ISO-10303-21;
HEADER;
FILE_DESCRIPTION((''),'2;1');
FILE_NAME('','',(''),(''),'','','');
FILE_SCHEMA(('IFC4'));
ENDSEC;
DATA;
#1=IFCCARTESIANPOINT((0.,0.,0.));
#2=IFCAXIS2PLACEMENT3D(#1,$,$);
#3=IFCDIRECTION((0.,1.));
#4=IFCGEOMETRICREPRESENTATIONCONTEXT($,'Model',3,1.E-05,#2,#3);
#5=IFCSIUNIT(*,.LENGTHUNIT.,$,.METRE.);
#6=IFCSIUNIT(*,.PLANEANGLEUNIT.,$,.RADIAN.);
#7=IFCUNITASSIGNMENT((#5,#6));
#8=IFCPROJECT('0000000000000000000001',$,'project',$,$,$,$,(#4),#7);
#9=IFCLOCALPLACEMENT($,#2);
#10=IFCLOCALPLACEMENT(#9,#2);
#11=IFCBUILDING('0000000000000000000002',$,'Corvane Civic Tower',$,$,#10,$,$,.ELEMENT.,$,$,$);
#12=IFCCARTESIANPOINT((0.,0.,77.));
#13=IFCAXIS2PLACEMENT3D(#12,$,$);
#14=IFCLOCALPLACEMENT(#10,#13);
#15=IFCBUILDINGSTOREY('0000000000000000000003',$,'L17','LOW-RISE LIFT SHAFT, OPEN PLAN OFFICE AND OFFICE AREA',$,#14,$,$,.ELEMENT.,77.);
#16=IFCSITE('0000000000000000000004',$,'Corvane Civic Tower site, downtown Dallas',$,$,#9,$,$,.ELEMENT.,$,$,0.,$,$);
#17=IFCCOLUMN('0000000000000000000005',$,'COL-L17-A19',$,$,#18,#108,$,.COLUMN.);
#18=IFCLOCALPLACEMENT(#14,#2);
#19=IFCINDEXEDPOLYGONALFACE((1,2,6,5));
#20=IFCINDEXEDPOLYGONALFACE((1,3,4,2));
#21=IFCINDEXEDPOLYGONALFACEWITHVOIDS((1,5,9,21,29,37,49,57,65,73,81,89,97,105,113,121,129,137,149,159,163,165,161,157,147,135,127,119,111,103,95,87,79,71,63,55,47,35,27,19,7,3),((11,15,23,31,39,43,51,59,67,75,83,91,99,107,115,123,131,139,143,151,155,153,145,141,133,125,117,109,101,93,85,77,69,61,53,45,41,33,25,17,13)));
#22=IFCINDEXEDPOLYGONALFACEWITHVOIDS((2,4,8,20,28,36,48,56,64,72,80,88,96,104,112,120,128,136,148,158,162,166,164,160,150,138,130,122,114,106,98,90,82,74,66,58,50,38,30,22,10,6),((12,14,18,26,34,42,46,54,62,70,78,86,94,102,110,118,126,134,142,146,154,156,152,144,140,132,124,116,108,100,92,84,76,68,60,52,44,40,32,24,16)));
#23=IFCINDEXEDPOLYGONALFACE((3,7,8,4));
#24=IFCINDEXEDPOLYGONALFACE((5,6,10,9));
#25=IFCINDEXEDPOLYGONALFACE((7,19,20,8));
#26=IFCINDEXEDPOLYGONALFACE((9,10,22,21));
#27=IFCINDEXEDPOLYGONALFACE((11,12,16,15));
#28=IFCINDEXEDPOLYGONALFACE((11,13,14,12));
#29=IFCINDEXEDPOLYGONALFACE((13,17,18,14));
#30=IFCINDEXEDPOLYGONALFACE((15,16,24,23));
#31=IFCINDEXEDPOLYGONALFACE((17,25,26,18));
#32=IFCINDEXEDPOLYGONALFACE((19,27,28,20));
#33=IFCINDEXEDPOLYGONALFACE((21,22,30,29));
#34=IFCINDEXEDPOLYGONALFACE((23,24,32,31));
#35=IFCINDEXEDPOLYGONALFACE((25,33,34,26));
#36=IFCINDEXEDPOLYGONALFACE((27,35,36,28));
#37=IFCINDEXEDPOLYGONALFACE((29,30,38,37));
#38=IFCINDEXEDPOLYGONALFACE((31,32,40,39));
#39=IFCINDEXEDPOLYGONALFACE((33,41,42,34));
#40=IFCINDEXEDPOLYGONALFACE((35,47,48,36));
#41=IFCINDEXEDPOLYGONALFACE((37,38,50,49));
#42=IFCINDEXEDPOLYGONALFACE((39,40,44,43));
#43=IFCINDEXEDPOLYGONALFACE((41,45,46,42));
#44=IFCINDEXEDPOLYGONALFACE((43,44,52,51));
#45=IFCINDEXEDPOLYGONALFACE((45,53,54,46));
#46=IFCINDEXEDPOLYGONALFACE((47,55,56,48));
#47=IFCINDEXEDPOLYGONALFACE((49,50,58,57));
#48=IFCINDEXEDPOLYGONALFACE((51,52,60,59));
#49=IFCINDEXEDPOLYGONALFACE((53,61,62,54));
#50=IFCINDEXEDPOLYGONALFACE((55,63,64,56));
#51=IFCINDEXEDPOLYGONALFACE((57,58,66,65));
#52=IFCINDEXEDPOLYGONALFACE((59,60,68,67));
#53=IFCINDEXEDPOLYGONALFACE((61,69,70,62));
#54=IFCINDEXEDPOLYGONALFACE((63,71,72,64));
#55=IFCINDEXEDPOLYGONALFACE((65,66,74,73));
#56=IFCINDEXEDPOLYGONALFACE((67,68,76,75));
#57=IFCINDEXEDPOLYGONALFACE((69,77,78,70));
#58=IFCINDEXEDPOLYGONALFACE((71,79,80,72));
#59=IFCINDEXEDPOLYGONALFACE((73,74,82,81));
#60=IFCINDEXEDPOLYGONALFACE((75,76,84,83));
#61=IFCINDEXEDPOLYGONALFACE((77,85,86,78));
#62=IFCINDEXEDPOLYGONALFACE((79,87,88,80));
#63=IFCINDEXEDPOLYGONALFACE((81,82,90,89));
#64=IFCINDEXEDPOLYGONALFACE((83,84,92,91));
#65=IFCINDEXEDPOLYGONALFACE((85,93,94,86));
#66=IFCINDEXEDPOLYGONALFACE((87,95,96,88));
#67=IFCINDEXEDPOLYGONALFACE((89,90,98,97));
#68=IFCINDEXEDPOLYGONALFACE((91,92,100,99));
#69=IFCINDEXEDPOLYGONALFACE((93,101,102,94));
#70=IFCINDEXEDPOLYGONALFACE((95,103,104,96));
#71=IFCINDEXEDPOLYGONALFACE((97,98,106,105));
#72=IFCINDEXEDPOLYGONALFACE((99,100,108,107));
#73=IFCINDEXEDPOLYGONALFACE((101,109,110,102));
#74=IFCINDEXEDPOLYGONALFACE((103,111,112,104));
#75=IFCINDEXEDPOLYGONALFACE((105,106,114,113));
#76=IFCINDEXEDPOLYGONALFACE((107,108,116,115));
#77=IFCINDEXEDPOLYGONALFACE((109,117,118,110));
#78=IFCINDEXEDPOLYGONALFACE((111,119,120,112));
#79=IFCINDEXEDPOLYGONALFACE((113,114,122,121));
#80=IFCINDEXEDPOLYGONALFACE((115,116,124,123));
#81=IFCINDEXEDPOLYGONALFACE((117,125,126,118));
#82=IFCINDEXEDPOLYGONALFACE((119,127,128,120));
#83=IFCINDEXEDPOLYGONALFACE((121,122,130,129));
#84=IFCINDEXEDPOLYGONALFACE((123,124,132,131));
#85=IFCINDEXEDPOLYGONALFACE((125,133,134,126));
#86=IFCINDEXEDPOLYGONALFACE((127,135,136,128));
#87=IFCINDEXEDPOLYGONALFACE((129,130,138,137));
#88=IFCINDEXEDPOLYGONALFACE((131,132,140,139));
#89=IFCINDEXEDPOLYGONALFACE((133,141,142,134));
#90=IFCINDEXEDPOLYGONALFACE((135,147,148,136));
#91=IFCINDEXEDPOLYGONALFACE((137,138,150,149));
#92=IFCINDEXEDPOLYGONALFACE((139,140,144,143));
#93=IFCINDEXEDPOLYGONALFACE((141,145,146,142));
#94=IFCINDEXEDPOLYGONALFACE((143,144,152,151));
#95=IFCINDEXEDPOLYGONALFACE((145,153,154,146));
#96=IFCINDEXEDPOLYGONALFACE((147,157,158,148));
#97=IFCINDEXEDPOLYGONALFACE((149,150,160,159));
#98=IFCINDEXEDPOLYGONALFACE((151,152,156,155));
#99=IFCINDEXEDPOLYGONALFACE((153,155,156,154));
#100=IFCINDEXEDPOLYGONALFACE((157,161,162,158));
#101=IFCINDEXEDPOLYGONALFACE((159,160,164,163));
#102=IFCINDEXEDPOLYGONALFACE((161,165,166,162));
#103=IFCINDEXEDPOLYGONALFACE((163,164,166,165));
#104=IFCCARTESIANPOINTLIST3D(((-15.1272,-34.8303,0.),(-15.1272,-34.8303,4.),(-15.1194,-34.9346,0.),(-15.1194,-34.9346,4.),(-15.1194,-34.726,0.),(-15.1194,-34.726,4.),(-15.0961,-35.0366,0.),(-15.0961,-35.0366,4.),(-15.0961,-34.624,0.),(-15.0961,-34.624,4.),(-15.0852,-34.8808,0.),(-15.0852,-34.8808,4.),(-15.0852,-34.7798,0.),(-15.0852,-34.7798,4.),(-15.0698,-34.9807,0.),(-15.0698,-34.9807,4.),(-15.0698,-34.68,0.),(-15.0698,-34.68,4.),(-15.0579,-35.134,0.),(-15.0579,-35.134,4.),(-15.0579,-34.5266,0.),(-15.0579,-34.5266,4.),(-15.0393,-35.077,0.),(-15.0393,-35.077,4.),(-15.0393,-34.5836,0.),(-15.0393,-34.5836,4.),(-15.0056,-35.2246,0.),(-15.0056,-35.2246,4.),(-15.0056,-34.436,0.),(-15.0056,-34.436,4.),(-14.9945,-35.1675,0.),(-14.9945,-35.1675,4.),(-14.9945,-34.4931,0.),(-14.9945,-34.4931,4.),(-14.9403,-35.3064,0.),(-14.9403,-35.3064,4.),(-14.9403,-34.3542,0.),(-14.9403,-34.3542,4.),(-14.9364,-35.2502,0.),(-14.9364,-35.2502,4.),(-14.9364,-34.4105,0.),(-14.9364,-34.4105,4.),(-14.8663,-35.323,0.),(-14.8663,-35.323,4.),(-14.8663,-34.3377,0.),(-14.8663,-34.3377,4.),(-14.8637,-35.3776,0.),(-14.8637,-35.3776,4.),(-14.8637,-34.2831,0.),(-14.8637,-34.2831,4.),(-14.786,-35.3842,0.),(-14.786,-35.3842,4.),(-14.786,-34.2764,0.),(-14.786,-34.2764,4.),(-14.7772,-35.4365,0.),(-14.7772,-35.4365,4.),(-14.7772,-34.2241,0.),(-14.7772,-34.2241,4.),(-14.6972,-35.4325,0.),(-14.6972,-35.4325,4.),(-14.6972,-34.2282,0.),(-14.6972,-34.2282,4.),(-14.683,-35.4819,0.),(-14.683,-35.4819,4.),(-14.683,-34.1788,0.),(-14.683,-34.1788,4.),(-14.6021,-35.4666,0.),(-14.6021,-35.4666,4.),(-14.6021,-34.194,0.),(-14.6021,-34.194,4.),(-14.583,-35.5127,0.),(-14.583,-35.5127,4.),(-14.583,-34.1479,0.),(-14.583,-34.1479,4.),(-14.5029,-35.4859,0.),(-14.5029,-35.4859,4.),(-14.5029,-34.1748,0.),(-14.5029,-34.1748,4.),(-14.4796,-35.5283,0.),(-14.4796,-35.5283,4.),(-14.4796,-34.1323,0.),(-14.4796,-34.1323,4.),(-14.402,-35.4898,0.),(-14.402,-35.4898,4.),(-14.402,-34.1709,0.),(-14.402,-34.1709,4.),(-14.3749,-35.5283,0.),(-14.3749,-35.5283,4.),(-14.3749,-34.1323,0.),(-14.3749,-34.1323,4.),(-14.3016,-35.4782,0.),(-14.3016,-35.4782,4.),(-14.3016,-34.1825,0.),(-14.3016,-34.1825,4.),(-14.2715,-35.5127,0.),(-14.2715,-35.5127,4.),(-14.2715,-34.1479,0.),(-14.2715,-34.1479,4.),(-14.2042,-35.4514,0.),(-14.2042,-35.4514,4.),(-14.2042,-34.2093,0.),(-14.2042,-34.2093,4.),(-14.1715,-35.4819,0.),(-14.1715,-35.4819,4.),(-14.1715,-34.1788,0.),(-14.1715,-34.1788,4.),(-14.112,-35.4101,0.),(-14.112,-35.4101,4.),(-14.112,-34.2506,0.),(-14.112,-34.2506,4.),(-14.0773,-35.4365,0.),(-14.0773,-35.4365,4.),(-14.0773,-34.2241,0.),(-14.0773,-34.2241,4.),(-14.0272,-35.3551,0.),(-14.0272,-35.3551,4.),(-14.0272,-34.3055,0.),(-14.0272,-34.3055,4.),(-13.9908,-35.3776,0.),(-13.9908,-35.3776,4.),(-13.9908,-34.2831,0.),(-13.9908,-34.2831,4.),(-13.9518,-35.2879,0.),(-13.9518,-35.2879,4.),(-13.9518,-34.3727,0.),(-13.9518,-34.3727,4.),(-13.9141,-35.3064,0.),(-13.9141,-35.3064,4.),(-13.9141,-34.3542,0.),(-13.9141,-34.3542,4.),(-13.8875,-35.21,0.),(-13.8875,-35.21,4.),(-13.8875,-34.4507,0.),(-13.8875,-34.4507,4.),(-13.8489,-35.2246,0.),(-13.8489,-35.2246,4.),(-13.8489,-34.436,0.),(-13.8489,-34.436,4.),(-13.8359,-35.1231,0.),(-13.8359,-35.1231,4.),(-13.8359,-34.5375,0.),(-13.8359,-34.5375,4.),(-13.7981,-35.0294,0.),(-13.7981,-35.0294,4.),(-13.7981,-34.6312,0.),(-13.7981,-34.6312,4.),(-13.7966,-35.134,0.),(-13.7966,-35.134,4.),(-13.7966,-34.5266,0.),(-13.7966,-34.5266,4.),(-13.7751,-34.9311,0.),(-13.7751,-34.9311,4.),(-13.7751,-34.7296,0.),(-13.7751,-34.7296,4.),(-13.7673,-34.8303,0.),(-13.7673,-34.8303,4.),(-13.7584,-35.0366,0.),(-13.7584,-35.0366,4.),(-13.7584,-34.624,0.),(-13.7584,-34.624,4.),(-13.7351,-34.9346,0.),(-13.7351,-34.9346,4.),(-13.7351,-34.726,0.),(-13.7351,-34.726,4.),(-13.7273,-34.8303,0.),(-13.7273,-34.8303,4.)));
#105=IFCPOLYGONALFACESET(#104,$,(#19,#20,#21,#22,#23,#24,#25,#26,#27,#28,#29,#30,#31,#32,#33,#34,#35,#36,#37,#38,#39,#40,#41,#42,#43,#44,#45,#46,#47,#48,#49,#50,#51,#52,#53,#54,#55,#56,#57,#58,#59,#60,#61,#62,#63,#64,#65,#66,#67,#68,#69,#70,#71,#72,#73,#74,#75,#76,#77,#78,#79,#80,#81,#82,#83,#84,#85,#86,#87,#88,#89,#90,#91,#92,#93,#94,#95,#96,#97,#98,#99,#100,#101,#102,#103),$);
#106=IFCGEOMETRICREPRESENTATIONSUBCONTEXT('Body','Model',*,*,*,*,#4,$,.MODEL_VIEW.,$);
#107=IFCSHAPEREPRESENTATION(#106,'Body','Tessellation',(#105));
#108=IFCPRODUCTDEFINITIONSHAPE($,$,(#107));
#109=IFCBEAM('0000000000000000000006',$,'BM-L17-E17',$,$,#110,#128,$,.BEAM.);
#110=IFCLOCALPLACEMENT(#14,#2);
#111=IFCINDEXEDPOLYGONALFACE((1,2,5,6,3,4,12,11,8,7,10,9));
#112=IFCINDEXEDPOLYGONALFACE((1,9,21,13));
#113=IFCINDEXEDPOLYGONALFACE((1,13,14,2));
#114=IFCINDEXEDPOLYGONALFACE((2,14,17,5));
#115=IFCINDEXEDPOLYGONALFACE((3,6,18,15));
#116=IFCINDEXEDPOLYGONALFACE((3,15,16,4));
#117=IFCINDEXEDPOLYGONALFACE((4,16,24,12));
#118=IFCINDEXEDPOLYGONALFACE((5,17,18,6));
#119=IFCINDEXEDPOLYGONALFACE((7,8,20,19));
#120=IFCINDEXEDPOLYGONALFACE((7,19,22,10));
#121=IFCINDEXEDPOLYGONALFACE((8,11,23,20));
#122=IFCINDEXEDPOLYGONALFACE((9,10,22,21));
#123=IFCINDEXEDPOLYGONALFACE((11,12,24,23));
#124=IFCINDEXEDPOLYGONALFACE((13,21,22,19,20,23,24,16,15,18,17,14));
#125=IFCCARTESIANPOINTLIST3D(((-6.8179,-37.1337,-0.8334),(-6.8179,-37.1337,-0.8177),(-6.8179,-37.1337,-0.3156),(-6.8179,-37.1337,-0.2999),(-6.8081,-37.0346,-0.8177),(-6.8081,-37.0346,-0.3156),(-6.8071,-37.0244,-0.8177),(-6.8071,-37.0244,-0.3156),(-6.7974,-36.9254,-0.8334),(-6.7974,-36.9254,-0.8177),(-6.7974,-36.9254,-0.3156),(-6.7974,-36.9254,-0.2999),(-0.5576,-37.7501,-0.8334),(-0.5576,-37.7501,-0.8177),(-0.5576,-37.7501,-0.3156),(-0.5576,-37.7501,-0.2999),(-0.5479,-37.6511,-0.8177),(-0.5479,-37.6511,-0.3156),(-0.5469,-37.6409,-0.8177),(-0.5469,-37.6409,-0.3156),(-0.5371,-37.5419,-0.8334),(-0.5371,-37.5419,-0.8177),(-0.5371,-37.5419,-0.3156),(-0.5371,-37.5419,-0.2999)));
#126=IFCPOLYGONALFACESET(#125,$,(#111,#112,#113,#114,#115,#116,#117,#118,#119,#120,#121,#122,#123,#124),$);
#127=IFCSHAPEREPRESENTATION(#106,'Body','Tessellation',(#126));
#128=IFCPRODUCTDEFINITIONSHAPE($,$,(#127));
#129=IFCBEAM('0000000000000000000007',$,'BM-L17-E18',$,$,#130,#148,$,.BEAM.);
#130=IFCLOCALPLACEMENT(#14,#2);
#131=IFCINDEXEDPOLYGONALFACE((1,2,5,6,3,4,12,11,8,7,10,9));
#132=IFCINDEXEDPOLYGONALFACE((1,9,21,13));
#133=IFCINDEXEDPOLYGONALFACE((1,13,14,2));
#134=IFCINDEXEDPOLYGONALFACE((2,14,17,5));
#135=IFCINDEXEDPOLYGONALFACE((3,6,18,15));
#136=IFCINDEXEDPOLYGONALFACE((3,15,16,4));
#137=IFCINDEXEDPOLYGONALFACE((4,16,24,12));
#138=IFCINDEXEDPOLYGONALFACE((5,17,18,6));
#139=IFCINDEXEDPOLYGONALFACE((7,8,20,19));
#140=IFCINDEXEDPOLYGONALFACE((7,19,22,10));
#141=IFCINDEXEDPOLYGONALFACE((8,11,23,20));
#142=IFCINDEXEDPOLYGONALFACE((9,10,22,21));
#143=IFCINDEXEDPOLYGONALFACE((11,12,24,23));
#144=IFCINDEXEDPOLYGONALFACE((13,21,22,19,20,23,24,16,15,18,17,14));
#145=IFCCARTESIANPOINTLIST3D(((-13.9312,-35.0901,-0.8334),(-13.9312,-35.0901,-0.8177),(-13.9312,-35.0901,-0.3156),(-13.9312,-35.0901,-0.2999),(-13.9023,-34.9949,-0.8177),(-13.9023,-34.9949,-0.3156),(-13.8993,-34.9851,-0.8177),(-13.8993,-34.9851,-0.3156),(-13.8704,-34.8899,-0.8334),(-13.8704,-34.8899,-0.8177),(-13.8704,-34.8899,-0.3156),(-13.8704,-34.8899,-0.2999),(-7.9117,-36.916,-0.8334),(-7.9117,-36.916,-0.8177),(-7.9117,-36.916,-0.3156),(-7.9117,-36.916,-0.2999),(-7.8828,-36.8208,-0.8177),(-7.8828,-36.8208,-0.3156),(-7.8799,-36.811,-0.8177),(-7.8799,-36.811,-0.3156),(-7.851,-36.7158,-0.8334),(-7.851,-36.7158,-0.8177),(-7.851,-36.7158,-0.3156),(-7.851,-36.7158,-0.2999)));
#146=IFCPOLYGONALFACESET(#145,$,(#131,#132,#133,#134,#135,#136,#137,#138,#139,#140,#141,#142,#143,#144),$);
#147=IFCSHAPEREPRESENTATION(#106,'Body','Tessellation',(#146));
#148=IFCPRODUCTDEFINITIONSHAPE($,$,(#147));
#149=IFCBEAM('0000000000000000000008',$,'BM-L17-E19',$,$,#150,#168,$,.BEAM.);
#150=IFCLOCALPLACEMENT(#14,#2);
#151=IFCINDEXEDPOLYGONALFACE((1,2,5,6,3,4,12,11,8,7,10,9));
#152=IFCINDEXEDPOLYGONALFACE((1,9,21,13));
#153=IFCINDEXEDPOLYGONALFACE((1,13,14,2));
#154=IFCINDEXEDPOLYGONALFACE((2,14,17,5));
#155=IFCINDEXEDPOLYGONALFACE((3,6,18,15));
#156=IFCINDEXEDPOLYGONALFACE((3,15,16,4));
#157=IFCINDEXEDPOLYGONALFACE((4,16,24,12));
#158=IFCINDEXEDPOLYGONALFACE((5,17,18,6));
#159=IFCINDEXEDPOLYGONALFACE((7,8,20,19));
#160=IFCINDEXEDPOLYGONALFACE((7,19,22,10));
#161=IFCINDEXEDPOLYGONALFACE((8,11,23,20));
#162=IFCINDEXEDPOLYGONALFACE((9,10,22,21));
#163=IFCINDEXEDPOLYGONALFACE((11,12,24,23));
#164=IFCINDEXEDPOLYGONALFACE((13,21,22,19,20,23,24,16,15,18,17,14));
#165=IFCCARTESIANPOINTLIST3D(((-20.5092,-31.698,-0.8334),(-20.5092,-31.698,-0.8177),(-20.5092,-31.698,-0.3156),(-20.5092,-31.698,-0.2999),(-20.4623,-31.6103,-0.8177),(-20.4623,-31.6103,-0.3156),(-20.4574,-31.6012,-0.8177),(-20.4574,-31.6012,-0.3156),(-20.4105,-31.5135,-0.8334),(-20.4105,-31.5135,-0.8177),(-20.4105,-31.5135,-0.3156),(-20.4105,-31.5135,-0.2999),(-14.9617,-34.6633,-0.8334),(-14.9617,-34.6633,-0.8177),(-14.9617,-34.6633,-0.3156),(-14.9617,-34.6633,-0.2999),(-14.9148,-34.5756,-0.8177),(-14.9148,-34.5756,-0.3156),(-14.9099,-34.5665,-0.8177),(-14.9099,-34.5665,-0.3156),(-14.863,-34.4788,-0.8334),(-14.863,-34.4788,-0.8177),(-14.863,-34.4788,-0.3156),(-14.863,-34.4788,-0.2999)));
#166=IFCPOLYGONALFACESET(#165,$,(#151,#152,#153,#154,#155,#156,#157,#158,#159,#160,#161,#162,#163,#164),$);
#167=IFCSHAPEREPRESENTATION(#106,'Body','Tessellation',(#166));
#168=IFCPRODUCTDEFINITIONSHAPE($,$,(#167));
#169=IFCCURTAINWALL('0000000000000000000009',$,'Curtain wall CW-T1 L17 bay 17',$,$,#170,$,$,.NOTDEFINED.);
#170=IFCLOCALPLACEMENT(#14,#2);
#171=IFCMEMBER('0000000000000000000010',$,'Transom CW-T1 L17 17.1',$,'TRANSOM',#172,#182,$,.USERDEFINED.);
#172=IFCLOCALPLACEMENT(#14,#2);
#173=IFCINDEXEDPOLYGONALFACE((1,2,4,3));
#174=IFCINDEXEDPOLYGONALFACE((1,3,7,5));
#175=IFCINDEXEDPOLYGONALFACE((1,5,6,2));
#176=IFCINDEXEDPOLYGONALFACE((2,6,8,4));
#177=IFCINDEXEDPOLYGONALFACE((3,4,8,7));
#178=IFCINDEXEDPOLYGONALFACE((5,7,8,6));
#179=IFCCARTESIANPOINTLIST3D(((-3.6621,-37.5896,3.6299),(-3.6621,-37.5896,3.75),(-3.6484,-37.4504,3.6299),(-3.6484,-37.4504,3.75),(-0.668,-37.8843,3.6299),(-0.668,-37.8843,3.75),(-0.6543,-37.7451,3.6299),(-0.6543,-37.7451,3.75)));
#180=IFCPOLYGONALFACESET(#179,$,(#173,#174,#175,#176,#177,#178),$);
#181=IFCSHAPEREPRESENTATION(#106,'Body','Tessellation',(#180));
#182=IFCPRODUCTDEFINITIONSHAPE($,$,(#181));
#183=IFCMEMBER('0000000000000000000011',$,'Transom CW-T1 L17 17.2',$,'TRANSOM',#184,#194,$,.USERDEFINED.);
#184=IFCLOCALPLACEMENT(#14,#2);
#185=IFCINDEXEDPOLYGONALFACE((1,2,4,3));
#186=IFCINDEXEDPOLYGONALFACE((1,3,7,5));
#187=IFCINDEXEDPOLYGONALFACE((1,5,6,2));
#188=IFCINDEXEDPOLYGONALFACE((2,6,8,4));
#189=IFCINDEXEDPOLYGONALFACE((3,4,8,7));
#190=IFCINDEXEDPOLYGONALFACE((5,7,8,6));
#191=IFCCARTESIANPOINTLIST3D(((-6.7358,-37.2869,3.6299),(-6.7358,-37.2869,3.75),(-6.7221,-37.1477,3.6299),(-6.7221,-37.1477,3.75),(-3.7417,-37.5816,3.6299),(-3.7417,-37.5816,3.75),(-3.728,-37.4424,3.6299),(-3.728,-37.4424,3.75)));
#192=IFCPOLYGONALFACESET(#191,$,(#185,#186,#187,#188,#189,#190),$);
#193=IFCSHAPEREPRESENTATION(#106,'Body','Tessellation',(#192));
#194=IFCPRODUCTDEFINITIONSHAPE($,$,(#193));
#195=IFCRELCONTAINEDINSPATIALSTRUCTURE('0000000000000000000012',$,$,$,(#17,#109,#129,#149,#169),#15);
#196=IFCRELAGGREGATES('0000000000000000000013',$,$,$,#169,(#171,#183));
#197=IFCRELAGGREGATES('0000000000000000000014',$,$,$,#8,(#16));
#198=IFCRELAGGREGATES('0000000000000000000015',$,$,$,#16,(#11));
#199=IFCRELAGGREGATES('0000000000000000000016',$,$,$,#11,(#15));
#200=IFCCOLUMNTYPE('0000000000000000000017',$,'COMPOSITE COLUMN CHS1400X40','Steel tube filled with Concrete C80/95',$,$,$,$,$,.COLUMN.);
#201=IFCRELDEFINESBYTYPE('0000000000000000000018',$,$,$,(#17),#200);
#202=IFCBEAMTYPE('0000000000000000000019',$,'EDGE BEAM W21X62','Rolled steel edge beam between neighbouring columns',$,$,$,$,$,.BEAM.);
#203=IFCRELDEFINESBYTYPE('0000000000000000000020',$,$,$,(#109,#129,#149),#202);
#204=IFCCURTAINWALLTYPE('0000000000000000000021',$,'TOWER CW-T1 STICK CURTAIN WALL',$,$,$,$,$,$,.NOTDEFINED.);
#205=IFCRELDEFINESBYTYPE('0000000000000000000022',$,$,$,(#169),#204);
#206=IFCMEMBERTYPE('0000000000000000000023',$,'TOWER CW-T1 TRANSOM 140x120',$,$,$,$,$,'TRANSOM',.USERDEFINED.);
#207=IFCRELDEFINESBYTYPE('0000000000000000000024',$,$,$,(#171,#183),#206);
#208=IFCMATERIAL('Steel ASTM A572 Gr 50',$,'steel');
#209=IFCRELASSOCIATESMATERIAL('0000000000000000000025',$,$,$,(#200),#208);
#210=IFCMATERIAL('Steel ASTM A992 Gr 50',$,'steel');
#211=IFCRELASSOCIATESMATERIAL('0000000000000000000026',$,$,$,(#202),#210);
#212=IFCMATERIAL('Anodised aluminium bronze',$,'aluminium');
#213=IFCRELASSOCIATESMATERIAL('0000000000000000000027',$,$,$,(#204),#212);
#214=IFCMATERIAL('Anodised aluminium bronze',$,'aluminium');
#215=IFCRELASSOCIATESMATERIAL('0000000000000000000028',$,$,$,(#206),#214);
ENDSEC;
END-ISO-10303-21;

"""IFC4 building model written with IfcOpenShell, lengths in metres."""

from ifc_helpers import new_model, si_unit, direction, frame, origin, origin_2d, place, context, subcontext, project, spatial, rectangle, hollow_circle, i_section, extrude, material, material_profile, profile_set, type_object, element, aggregate, save


model = new_model("IFC4")

# Units and contexts
model_context = context("Model", 3, precision=1e-05, world=origin(), true_north=direction((0.0, 1.0)))
body_context = subcontext(model_context, "Body", "Model", "MODEL_VIEW")
ifc_project = project(units=[si_unit("LENGTHUNIT", "METRE"), si_unit("PLANEANGLEUNIT", "RADIAN")], contexts=[model_context])

# Site, building, storey
site_placement = place(None, origin())
site = spatial("IfcSite", under=ifc_project, at=site_placement, Name="Corvane Civic Tower site, downtown Dallas", CompositionType="ELEMENT", RefElevation=0.0)
building_placement = place(site_placement, origin())
building = spatial("IfcBuilding", under=site, at=building_placement, Name="Corvane Civic Tower", CompositionType="ELEMENT")
storey_placement = place(building_placement, frame((0.0, 0.0, 77.0)))
storey = spatial("IfcBuildingStorey", under=building, at=storey_placement, Name="L17", Description="LOW-RISE LIFT SHAFT, OPEN PLAN OFFICE AND OFFICE AREA", CompositionType="ELEMENT", Elevation=77.0)

# Column
ifc_material_1 = material(Name="Steel ASTM A572 Gr 50", Category="steel")
ifc_material_profile_1 = material_profile(ifc_material_1, hollow_circle(Radius=0.7, WallThickness=0.04, at=origin_2d()), Name="CHS1400X40")
ifc_profile_set_1 = profile_set([ifc_material_profile_1], Name="Steel ASTM A572 Gr 50")
column_type = type_object("IfcColumnType", Name="COMPOSITE COLUMN CHS1400X40", Description="Steel tube filled with Concrete C80/95", PredefinedType="COLUMN", material=ifc_profile_set_1)
for number, where, z_axis, x_axis, name in (
    (1, (-14.4272, -34.8303, 0.0), (0.0, 0.0, 1.0), (1.0, 0.0, 0.0), "COL-L17-A19"),
):
    element("IfcColumn", number, at=place(storey_placement, frame(where, z_axis=z_axis, x_axis=x_axis)), inside=storey, type_object=column_type, Name=name, PredefinedType="COLUMN", context=body_context, shape_type="SweptSolid", body=[
        extrude(hollow_circle(Radius=0.7, WallThickness=0.04, at=origin_2d()), origin(), (0.0, 0.0, 1.0), 4.0),
    ])

# Beams
ifc_material_2 = material(Name="Steel ASTM A992 Gr 50", Category="steel")
ifc_material_profile_2 = material_profile(ifc_material_2, i_section(OverallWidth=0.2092, OverallDepth=0.5334, WebThickness=0.0103, FlangeThickness=0.0156, at=origin_2d()), Name="W21X62")
ifc_profile_set_2 = profile_set([ifc_material_profile_2], Name="Steel ASTM A992 Gr 50")
beam_type = type_object("IfcBeamType", Name="EDGE BEAM W21X62", Description="Rolled steel edge beam between neighbouring columns", PredefinedType="BEAM", material=ifc_profile_set_2)
beam_placement = place(storey_placement, frame((-0.5474, -37.646, -0.5667), z_axis=(-0.995187, 0.097997, 0.0), x_axis=(-0.097997, -0.995187, 0.0)))
element("IfcBeam", 2, at=beam_placement, inside=storey, type_object=beam_type, Name="BM-L17-E17", PredefinedType="BEAM", context=body_context, shape_type="SweptSolid", body=[
    extrude(i_section(OverallWidth=0.2092, OverallDepth=0.5334, WebThickness=0.0103, FlangeThickness=0.0156, at=origin_2d()), origin(), (0.0, 0.0, 1.0), 6.2905),
])
for number, where, z_axis, x_axis, name in (
    (3, (-7.8813, -36.8159, -0.5667), (-0.956944, 0.290273, 0.0), (-0.290273, -0.956944, 0.0), "BM-L17-E18"),
    (4, (-14.9124, -34.571, -0.5667), (-0.881916, 0.471406, 0.0), (-0.471406, -0.881916, 0.0), "BM-L17-E19"),
):
    element("IfcBeam", number, at=place(storey_placement, frame(where, z_axis=z_axis, x_axis=x_axis)), inside=storey, type_object=beam_type, Name=name, PredefinedType="BEAM", context=body_context, shape_type="SweptSolid", body=[
        extrude(i_section(OverallWidth=0.2092, OverallDepth=0.5334, WebThickness=0.0103, FlangeThickness=0.0156, at=origin_2d()), origin(), (0.0, 0.0, 1.0), 6.2903),
    ])

# Curtain wall, members
ifc_material_3 = material(Name="Anodised aluminium bronze", Category="aluminium")
curtain_wall_type = type_object("IfcCurtainWallType", Name="TOWER CW-T1 STICK CURTAIN WALL", PredefinedType="NOTDEFINED", material=ifc_material_3)
curtain_wall_1_placement = place(storey_placement, origin())
curtain_wall_1 = element("IfcCurtainWall", 5, at=curtain_wall_1_placement, inside=storey, type_object=curtain_wall_type, Name="Curtain wall CW-T1 L17 bay 17", PredefinedType="NOTDEFINED")
ifc_material_4 = material(Name="Anodised aluminium bronze", Category="aluminium")
ifc_material_profile_3 = material_profile(ifc_material_4, rectangle(XDim=0.1399, YDim=0.1201, at=origin_2d()), Name="TOWER CW-T1 TRANSOM 140x120")
ifc_profile_set_3 = profile_set([ifc_material_profile_3], Name="Anodised aluminium bronze")
member_type_1 = type_object("IfcMemberType", Name="TOWER CW-T1 TRANSOM 140x120", ElementType="TRANSOM", PredefinedType="USERDEFINED", material=ifc_profile_set_3)
member_1_placement = place(storey_placement, frame((-0.6611, -37.8147, 3.6899), z_axis=(-0.995192, 0.097945, 0.0), x_axis=(-0.097945, -0.995192, 0.0)))
member_1 = element("IfcMember", 6, at=member_1_placement, type_object=member_type_1, Name="Transom CW-T1 L17 17.1", ObjectType="TRANSOM", PredefinedType="USERDEFINED", context=body_context, shape_type="SweptSolid", body=[
    extrude(rectangle(XDim=0.1399, YDim=0.1201, at=origin_2d()), origin(), (0.0, 0.0, 1.0), 3.0085),
])
member_2_placement = place(storey_placement, frame((-3.7349, -37.512, 3.6899), z_axis=(-0.995192, 0.097945, 0.0), x_axis=(-0.097945, -0.995192, 0.0)))
member_2 = element("IfcMember", 7, at=member_2_placement, type_object=member_type_1, Name="Transom CW-T1 L17 17.2", ObjectType="TRANSOM", PredefinedType="USERDEFINED", context=body_context, shape_type="SweptSolid", body=[
    extrude(rectangle(XDim=0.1399, YDim=0.1201, at=origin_2d()), origin(), (0.0, 0.0, 1.0), 3.0085),
])

aggregate(curtain_wall_1, [member_1, member_2])

save(model, "model.ifc")
